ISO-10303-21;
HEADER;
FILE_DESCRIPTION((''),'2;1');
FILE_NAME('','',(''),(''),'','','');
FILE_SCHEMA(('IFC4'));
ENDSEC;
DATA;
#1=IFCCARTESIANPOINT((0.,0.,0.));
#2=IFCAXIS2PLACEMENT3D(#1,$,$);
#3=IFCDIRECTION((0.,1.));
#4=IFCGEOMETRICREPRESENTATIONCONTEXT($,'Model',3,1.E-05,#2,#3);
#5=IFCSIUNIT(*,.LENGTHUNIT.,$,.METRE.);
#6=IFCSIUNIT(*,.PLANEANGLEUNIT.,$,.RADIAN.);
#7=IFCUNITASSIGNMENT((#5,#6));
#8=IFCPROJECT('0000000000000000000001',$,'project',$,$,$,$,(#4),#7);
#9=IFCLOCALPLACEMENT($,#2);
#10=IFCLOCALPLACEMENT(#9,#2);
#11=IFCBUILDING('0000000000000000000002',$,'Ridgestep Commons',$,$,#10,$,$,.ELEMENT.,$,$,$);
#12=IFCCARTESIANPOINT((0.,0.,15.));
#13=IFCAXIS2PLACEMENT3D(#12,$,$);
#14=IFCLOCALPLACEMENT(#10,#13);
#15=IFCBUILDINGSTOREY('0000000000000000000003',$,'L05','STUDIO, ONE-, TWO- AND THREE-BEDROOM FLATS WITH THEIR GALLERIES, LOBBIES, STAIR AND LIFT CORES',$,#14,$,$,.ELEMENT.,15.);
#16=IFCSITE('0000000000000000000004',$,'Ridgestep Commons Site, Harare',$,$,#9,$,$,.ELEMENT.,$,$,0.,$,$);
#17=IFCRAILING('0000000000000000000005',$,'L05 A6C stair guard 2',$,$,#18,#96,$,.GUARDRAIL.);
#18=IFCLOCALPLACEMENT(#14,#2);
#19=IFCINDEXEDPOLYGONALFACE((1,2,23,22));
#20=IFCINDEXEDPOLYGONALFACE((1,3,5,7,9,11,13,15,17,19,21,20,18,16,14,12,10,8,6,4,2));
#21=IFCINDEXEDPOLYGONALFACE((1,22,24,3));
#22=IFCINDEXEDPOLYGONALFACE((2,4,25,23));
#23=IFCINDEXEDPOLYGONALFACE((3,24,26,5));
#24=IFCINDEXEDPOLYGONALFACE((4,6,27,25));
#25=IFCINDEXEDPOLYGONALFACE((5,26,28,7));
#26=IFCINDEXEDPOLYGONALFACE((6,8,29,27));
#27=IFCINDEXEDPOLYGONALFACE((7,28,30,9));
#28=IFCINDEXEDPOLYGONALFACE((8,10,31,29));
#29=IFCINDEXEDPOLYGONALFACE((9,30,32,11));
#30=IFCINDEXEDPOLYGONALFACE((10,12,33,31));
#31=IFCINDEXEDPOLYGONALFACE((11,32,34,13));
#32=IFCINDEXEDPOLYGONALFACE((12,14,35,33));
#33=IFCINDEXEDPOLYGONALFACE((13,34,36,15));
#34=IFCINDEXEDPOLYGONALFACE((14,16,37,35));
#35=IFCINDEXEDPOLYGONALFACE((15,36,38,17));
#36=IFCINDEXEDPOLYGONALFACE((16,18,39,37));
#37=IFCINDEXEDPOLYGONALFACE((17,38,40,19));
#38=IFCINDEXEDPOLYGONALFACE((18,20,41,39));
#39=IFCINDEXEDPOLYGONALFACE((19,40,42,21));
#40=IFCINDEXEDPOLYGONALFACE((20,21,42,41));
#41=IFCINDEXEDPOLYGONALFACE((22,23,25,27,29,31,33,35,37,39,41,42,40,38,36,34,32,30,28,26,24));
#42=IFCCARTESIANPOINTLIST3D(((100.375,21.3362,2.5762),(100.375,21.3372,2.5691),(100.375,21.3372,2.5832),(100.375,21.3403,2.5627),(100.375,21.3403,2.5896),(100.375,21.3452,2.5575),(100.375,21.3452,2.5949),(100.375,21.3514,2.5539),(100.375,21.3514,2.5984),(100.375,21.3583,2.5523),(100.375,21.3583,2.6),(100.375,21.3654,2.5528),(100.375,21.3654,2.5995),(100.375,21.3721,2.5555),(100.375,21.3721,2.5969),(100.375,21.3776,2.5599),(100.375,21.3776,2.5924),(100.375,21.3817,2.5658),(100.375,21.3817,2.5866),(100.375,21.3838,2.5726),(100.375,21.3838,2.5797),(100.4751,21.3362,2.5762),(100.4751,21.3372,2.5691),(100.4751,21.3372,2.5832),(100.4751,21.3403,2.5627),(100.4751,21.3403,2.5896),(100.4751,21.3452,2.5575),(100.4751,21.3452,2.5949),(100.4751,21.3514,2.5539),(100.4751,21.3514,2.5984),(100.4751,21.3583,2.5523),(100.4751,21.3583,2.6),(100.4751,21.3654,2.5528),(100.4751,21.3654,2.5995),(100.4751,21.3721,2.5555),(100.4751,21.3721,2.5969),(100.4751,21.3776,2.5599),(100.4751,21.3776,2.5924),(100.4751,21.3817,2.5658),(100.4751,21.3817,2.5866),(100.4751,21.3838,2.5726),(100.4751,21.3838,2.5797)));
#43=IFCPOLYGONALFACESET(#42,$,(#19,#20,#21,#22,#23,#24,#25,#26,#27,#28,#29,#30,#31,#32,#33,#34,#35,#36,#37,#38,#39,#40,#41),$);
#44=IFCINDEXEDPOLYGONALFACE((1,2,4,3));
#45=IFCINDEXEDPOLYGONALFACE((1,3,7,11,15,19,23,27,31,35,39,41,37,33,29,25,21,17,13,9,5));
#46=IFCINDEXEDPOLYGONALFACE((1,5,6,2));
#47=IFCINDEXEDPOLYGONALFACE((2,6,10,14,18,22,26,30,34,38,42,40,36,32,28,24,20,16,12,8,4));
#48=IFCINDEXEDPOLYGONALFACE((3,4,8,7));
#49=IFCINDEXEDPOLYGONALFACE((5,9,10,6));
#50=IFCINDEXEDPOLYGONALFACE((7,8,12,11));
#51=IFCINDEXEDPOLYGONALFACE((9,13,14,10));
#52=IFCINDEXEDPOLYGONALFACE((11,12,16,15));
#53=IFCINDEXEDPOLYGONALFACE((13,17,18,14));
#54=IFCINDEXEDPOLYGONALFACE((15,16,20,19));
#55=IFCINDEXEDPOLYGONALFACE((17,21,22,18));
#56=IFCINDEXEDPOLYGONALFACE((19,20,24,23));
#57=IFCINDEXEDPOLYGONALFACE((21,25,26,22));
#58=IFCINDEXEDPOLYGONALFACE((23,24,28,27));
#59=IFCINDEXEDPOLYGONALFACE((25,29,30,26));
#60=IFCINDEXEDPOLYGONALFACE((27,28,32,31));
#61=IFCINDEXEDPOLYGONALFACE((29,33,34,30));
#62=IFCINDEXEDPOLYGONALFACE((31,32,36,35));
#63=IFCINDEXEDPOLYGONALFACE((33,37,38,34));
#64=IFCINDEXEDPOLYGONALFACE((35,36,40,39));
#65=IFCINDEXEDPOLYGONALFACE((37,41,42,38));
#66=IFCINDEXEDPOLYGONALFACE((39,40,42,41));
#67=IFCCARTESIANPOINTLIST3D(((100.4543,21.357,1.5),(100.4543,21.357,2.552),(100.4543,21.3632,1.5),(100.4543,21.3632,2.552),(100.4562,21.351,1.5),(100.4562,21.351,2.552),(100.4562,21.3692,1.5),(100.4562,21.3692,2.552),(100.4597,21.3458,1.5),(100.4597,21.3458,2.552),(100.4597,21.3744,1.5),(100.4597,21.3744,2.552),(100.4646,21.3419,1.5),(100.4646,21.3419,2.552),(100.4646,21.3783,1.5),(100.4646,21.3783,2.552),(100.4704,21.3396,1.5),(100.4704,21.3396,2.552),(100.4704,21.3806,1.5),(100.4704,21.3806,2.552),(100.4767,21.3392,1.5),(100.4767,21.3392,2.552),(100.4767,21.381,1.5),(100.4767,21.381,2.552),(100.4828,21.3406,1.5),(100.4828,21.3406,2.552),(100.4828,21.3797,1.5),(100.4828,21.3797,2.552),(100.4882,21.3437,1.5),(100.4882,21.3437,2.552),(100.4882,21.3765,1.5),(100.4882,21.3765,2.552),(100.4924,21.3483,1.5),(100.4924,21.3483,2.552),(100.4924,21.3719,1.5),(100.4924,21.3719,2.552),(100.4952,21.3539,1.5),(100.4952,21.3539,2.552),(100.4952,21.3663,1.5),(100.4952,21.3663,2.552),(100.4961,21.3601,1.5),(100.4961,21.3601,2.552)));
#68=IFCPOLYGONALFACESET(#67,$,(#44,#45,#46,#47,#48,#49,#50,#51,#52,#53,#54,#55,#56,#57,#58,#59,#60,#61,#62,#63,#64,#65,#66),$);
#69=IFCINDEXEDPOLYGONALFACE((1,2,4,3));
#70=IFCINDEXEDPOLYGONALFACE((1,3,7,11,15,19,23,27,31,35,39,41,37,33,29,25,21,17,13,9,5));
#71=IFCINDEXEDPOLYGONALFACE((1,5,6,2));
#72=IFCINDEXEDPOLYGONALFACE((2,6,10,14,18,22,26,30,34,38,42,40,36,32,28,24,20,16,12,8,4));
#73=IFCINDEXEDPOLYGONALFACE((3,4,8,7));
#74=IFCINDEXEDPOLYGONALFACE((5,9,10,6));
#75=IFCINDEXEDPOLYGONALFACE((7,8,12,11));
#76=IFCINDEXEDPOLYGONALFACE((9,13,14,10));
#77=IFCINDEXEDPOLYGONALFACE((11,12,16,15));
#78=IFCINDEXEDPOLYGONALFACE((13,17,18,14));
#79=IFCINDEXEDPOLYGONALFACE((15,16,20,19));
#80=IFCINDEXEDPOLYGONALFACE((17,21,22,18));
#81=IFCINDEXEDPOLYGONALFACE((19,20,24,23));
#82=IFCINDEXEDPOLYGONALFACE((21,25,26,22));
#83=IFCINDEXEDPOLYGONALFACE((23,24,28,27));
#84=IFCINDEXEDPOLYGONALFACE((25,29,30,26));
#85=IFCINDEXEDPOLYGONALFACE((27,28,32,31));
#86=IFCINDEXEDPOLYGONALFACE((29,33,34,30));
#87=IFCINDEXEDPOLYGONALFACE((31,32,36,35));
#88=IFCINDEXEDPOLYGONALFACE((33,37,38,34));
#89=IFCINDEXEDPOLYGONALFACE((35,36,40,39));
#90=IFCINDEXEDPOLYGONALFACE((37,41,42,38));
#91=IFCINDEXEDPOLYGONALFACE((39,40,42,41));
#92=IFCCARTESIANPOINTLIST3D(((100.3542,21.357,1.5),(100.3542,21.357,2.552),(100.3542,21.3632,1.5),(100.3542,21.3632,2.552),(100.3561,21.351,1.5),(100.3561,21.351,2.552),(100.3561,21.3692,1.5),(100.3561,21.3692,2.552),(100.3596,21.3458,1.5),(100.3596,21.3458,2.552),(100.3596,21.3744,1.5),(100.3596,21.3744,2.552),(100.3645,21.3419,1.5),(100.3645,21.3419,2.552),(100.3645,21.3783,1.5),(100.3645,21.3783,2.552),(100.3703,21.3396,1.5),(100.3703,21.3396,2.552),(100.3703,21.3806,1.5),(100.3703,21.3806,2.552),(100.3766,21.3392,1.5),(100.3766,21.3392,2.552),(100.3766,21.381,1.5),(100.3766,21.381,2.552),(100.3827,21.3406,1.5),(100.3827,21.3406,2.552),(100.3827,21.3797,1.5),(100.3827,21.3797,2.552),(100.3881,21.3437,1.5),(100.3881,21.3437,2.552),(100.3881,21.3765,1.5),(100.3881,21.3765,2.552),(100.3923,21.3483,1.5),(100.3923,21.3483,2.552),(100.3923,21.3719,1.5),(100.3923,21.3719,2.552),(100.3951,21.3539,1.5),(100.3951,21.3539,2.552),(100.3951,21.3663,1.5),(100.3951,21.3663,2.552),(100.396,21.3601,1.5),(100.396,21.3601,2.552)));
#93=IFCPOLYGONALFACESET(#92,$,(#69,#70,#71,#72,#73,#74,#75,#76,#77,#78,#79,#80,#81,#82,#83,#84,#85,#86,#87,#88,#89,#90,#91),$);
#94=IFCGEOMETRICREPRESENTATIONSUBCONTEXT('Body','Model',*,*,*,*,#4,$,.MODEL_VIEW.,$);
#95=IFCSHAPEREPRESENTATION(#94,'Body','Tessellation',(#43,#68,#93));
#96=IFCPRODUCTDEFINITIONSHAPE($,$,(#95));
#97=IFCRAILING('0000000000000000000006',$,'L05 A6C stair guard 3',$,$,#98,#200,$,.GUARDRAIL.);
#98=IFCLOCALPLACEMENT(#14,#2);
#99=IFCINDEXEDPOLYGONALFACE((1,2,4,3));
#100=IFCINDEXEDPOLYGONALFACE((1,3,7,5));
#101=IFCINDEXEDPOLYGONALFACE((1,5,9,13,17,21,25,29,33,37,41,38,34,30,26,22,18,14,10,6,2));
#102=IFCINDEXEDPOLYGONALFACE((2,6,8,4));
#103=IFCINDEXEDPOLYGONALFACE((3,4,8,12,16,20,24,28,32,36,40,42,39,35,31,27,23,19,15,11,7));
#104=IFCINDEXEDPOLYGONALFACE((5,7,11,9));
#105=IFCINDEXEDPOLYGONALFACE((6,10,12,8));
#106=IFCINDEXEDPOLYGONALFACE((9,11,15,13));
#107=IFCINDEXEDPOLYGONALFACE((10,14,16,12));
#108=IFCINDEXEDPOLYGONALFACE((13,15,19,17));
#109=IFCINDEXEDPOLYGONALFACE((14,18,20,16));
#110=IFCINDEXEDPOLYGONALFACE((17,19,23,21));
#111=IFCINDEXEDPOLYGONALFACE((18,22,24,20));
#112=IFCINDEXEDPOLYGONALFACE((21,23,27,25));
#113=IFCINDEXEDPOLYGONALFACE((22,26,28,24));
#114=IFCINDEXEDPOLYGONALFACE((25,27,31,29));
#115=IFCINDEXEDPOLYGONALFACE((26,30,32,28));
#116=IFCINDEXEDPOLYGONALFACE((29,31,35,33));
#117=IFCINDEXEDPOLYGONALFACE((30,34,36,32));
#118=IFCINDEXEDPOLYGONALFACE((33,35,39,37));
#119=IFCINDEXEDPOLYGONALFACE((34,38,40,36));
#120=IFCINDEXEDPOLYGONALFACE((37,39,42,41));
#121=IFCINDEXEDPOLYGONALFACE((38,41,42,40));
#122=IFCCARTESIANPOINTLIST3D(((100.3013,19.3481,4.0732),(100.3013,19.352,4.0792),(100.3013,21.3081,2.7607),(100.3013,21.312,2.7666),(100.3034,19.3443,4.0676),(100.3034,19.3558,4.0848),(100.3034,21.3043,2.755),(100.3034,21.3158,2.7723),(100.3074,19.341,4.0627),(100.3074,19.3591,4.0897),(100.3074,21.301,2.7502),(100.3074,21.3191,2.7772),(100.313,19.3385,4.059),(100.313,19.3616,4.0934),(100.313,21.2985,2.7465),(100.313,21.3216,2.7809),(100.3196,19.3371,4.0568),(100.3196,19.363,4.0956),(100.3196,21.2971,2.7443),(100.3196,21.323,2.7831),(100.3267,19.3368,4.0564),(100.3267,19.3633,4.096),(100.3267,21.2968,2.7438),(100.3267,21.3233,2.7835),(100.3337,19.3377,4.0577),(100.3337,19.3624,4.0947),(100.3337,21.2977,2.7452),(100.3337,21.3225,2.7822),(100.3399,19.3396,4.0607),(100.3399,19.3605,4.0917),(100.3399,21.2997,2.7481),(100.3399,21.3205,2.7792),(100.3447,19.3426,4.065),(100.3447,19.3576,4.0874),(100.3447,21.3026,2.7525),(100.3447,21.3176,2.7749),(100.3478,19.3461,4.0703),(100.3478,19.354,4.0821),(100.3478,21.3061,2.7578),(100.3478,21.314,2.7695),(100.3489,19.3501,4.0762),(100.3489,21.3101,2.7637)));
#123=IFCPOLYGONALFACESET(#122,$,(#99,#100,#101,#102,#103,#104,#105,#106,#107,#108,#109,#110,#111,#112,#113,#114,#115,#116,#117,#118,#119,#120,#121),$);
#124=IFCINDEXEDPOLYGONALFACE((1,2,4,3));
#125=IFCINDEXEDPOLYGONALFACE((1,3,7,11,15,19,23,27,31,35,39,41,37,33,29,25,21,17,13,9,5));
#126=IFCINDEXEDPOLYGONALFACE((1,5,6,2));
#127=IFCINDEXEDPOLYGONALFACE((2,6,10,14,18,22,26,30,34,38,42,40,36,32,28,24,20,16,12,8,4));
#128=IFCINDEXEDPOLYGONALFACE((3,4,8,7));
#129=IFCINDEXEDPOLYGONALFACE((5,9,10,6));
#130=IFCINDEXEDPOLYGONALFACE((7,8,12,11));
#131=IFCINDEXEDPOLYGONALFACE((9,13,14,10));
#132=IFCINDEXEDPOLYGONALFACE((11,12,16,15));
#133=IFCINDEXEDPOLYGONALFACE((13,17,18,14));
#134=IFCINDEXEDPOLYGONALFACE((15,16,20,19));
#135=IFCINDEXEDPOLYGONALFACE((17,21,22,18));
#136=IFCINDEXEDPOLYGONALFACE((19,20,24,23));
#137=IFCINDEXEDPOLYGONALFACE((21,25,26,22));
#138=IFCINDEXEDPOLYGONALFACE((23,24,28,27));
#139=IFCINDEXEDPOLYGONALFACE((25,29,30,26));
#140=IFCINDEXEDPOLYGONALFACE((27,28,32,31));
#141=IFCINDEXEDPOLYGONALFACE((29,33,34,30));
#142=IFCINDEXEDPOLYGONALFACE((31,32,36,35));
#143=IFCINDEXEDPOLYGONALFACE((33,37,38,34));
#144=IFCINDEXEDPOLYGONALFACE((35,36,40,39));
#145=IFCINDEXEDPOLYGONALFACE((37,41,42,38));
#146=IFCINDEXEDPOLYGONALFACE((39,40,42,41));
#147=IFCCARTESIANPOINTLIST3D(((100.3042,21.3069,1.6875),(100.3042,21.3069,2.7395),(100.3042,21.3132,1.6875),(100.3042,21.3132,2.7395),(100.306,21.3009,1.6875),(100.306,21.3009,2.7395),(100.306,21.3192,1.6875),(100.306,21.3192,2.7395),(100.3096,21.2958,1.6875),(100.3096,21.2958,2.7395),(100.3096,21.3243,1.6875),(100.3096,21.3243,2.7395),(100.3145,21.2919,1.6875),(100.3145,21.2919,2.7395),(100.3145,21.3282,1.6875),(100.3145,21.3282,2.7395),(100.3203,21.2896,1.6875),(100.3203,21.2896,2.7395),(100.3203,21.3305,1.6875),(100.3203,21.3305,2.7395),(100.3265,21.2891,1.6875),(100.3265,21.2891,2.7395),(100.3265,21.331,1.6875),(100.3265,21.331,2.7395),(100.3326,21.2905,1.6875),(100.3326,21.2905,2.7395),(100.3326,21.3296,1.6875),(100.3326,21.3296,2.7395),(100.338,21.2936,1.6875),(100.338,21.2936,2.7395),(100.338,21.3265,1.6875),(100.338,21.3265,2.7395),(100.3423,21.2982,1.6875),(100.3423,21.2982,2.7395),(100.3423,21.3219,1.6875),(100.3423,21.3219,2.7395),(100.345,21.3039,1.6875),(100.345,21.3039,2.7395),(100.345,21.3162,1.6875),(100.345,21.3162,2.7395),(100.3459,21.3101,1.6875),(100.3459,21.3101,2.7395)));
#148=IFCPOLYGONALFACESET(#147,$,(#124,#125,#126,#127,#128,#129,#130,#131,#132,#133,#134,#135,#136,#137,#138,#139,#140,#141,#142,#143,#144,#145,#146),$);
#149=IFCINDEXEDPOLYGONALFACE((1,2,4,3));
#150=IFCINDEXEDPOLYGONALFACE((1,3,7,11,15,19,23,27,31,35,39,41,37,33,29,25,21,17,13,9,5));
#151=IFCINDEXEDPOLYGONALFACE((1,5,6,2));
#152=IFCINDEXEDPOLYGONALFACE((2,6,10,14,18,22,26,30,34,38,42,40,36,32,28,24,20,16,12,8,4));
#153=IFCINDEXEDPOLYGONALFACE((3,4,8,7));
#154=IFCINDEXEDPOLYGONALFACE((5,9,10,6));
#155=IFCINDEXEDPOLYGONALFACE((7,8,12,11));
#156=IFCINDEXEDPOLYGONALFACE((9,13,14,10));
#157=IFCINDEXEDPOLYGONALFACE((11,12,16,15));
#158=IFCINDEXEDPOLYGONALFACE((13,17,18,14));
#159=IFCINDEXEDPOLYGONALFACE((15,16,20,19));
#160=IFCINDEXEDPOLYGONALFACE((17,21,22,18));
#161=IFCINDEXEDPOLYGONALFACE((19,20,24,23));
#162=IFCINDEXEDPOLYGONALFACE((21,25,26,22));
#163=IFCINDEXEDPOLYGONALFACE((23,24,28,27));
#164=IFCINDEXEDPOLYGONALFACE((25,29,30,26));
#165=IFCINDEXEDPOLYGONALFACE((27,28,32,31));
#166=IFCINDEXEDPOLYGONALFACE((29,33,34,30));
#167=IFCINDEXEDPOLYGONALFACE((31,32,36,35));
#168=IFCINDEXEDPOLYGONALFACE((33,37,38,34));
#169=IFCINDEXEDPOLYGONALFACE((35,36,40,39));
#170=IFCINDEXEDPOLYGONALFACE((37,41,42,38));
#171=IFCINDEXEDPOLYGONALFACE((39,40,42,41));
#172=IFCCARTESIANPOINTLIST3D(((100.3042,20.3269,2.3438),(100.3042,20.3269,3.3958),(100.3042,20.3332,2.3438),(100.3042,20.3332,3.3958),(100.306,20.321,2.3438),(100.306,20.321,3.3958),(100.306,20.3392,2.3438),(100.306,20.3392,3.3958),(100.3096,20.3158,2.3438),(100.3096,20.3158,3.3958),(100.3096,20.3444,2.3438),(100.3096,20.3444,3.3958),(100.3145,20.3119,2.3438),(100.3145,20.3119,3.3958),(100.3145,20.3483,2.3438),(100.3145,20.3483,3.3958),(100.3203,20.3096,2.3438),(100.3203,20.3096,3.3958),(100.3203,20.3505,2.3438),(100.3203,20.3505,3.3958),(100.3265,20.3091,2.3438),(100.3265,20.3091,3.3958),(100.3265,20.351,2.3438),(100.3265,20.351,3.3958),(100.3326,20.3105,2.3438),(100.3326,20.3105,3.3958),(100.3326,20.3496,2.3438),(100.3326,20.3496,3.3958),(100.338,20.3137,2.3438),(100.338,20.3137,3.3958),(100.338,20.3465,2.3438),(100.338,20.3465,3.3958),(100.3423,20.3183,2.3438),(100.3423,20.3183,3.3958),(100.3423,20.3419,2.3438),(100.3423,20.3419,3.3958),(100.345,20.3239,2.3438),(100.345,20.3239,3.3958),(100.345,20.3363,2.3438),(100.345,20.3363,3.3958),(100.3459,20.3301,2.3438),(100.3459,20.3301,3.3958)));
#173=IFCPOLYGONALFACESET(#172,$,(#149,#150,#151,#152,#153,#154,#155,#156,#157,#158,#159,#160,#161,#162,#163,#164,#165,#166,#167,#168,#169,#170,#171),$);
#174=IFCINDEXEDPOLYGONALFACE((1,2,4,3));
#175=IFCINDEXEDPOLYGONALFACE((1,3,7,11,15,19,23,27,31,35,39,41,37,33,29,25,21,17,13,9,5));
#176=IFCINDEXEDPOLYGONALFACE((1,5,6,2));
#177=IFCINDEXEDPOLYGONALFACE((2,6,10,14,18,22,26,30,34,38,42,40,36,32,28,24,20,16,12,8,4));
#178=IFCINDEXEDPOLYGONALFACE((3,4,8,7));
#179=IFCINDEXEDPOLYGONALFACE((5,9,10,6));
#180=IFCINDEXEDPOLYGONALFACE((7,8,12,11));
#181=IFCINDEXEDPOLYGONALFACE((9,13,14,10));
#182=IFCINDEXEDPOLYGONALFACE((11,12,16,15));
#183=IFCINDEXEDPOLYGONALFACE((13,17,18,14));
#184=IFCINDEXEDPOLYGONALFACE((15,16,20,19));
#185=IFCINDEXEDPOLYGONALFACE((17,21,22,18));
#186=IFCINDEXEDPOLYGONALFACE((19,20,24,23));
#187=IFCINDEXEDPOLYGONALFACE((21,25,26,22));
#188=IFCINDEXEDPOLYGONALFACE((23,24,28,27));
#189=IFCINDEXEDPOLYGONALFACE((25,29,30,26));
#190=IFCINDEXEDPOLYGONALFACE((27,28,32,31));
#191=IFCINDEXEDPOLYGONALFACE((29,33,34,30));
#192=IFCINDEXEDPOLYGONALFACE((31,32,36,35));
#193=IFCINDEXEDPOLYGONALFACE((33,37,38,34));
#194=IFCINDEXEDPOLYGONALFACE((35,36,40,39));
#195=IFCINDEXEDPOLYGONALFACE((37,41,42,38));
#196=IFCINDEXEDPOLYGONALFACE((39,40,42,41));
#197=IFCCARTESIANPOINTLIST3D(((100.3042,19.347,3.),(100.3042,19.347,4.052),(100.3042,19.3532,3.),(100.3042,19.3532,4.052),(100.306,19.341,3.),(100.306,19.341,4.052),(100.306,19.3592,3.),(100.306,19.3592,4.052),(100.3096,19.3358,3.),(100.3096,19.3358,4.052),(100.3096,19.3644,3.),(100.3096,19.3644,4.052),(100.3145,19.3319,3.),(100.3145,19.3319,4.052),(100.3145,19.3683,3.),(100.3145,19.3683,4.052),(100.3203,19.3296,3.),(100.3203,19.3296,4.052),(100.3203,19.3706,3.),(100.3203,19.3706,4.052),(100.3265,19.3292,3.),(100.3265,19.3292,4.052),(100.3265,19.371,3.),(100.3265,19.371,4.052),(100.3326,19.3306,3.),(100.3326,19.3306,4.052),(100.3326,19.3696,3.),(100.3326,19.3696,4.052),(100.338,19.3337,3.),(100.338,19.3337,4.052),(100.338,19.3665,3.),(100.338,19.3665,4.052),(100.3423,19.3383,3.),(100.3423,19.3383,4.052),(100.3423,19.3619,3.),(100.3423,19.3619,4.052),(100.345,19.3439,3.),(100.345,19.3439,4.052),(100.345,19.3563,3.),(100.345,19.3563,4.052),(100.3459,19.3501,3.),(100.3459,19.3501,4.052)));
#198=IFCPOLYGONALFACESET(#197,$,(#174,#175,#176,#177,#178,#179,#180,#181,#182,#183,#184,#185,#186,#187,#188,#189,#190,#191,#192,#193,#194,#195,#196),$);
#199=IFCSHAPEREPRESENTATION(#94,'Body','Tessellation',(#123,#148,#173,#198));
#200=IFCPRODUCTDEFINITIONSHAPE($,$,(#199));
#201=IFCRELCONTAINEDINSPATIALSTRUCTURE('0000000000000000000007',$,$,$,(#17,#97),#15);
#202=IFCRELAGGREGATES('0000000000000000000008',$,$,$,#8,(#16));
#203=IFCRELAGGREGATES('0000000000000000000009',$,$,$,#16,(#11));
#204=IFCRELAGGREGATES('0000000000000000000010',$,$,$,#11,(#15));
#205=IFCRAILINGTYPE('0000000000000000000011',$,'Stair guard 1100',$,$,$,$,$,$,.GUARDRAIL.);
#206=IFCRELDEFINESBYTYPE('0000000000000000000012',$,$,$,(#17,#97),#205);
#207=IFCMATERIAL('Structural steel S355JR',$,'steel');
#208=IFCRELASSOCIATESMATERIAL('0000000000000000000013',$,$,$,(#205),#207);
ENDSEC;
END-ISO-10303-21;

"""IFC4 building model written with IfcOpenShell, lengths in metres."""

from ifc_helpers import new_model, si_unit, direction, frame, origin, origin_2d, place, context, subcontext, project, spatial, circle, extrude, material, type_object, element, save


model = new_model("IFC4")

# Units and contexts
model_context = context("Model", 3, precision=1e-05, world=origin(), true_north=direction((0.0, 1.0)))
body_context = subcontext(model_context, "Body", "Model", "MODEL_VIEW")
ifc_project = project(units=[si_unit("LENGTHUNIT", "METRE"), si_unit("PLANEANGLEUNIT", "RADIAN")], contexts=[model_context])

# Site, building, storey
site_placement = place(None, origin())
site = spatial("IfcSite", under=ifc_project, at=site_placement, Name="Ridgestep Commons Site, Harare", CompositionType="ELEMENT", RefElevation=0.0)
building_placement = place(site_placement, origin())
building = spatial("IfcBuilding", under=site, at=building_placement, Name="Ridgestep Commons", CompositionType="ELEMENT")
storey_placement = place(building_placement, frame((0.0, 0.0, 15.0)))
storey = spatial("IfcBuildingStorey", under=building, at=storey_placement, Name="L05", Description="STUDIO, ONE-, TWO- AND THREE-BEDROOM FLATS WITH THEIR GALLERIES, LOBBIES, STAIR AND LIFT CORES", CompositionType="ELEMENT", Elevation=15.0)

# Railings
ifc_material_1 = material(Name="Structural steel S355JR", Category="steel")
railing_type = type_object("IfcRailingType", Name="Stair guard 1100", PredefinedType="GUARDRAIL", material=ifc_material_1)
railing_1_placement = place(storey_placement, frame((100.4751, 21.3601, 1.5)))
element("IfcRailing", 1, at=railing_1_placement, inside=storey, type_object=railing_type, Name="L05 A6C stair guard 2", PredefinedType="GUARDRAIL", context=body_context, shape_type="SweptSolid", body=[
    extrude(circle(Radius=0.0239, at=origin_2d()), frame((0.0, 0.0, 1.0762), z_axis=(-1.0, 0.0, 0.0), x_axis=(0.0, -1.0, 0.0)), (0.0, 0.0, 1.0), 0.1001),
    extrude(circle(Radius=0.021, at=origin_2d()), origin(), (0.0, 0.0, 1.0), 1.052),
    extrude(circle(Radius=0.021, at=origin_2d()), frame((-0.1001, 0.0, 0.0)), (0.0, 0.0, 1.0), 1.052),
])
railing_2_placement = place(storey_placement, frame((100.325, 21.3101, 1.6875)))
element("IfcRailing", 2, at=railing_2_placement, inside=storey, type_object=railing_type, Name="L05 A6C stair guard 3", PredefinedType="GUARDRAIL", context=body_context, shape_type="SweptSolid", body=[
    extrude(circle(Radius=0.0239, at=origin_2d()), frame((0.0, 0.0, 1.0762), z_axis=(0.0, -0.830902, 0.556419), x_axis=(1.0, 0.0, 0.0)), (0.0, 0.0, 1.0), 2.3589),
    extrude(circle(Radius=0.021, at=origin_2d()), origin(), (0.0, 0.0, 1.0), 1.052),
    extrude(circle(Radius=0.021, at=origin_2d()), frame((0.0, -0.98, 0.6562)), (0.0, 0.0, 1.0), 1.052),
    extrude(circle(Radius=0.021, at=origin_2d()), frame((0.0, -1.96, 1.3125)), (0.0, 0.0, 1.0), 1.052),
])

save(model, "model.ifc")
